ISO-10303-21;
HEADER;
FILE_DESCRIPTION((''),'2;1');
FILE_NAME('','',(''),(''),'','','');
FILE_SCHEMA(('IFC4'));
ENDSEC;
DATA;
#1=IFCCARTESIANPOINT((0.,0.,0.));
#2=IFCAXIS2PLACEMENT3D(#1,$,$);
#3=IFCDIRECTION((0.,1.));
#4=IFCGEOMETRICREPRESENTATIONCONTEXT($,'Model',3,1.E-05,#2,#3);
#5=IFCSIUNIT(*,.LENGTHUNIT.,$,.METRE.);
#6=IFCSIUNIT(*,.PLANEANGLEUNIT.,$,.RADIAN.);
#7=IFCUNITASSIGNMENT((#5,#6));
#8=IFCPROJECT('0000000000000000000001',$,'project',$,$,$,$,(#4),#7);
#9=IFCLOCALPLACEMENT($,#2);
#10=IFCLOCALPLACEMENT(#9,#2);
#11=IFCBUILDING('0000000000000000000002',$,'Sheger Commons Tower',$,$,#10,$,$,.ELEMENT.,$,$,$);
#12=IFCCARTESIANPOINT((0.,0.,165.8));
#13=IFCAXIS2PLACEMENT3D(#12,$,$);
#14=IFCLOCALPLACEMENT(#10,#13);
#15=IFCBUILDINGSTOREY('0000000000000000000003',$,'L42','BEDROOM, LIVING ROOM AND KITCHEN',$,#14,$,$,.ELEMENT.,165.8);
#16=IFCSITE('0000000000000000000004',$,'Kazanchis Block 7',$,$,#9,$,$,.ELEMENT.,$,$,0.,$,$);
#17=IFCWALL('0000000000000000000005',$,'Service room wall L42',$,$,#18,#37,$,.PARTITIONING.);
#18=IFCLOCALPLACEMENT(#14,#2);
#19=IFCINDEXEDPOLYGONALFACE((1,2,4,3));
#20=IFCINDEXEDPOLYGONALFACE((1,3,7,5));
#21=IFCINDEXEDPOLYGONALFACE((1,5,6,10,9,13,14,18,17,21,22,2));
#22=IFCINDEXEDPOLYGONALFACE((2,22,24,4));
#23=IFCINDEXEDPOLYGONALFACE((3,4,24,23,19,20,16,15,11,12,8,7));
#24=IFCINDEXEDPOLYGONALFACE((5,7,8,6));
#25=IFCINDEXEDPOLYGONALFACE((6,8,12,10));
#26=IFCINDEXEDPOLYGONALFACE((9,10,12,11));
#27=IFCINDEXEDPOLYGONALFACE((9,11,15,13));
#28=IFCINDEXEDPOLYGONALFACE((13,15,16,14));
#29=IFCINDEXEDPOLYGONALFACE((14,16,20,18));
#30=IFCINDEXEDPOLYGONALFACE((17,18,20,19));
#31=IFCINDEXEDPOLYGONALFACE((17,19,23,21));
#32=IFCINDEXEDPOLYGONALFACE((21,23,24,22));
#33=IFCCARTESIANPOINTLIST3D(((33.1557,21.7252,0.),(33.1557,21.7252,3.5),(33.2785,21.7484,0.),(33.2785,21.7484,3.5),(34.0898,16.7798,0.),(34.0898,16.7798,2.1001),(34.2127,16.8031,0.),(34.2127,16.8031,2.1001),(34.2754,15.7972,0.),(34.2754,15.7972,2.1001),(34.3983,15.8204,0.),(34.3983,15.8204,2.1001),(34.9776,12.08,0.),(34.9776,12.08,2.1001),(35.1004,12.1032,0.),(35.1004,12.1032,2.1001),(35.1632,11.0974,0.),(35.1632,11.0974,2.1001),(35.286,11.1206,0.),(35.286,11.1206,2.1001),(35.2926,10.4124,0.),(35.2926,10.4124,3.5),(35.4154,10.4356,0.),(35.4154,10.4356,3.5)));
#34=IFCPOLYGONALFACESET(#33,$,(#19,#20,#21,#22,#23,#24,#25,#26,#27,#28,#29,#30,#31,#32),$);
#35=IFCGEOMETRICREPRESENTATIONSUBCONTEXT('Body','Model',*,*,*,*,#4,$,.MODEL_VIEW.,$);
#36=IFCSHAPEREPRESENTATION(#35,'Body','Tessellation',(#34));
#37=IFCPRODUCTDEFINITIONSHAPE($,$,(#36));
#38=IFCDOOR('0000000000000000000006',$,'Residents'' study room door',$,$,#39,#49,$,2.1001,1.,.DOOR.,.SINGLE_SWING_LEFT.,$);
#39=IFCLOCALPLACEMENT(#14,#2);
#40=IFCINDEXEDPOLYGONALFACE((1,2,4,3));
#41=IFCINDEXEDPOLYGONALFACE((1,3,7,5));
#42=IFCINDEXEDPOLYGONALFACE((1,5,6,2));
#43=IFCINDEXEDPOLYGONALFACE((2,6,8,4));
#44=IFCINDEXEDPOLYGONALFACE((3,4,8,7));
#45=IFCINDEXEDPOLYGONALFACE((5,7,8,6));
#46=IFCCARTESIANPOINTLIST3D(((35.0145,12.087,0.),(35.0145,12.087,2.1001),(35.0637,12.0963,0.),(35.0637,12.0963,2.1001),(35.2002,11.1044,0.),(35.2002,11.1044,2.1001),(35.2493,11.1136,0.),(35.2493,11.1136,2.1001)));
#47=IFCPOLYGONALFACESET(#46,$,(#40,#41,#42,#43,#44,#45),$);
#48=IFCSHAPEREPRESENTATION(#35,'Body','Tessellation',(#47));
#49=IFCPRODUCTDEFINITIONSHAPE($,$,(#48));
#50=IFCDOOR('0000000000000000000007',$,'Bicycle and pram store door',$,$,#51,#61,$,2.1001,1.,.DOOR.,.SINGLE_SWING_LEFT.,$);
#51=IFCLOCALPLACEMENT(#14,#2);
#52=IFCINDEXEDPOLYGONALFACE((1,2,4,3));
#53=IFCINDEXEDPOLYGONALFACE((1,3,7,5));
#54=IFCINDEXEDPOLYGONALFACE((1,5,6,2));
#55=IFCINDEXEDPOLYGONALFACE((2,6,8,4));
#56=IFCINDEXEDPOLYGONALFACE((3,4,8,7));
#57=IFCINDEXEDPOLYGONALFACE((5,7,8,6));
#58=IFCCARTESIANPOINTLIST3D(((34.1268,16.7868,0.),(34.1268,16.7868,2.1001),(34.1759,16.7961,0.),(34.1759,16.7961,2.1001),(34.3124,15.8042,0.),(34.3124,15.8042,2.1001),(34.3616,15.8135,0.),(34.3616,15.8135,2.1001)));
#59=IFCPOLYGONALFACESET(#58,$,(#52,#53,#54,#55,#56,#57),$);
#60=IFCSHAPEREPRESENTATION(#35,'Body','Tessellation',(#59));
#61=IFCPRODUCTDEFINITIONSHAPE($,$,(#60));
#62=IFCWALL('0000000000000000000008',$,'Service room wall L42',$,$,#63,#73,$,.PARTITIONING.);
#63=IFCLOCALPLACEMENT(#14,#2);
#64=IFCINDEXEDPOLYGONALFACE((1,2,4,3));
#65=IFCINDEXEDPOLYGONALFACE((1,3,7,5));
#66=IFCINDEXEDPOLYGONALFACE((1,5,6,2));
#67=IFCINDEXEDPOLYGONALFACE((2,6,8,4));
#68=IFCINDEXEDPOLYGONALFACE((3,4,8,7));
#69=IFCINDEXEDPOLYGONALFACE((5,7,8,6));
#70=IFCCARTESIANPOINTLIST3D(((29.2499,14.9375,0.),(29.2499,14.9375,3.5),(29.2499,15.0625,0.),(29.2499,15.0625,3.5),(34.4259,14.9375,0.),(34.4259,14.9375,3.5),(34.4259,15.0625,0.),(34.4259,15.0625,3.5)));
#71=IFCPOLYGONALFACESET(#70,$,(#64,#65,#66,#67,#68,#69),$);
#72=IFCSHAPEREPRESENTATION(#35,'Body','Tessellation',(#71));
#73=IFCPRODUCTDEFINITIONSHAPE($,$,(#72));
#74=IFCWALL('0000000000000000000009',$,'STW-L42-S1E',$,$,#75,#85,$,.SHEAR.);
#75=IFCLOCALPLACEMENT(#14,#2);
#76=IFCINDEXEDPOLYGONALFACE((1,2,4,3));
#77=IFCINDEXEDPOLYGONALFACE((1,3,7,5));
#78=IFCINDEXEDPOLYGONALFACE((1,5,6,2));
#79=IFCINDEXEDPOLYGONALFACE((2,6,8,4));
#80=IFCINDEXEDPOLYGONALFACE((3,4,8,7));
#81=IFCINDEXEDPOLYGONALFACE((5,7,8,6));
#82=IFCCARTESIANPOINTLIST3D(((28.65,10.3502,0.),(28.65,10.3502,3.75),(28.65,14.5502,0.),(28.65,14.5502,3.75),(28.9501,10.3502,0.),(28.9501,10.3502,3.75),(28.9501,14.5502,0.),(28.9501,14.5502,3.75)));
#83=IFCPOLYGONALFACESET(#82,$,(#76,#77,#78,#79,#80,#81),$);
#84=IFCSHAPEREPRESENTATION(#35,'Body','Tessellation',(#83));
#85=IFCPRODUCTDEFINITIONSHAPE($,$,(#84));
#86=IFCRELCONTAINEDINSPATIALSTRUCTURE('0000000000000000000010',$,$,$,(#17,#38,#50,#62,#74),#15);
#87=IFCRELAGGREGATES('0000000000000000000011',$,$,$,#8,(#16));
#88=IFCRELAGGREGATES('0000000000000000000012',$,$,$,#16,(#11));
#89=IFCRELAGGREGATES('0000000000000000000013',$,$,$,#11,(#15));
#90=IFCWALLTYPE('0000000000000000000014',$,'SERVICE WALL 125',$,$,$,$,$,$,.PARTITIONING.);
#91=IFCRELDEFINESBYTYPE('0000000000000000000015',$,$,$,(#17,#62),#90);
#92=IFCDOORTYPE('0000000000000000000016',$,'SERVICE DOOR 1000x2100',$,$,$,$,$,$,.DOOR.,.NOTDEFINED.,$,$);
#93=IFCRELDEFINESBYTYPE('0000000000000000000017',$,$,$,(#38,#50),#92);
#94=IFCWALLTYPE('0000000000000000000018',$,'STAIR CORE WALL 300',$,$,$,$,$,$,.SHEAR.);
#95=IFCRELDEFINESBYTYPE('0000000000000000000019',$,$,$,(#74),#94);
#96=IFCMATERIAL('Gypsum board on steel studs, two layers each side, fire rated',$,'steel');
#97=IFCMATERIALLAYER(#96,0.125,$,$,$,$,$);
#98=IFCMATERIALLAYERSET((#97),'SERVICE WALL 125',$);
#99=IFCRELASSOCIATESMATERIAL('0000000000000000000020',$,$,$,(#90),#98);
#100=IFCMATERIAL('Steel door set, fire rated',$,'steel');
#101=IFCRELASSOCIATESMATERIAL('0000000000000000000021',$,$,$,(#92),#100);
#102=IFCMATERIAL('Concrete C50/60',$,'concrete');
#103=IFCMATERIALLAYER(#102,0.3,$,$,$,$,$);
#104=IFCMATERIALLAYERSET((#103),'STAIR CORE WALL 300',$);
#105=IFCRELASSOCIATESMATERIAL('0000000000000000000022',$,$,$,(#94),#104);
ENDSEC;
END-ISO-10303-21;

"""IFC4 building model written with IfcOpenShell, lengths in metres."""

from ifc_helpers import new_model, si_unit, direction, frame, frame_2d, origin, place, context, subcontext, project, spatial, rectangle, extrude, material, layer, layer_set, type_object, element, fill, save


model = new_model("IFC4")

# Units and contexts
model_context = context("Model", 3, precision=1e-05, world=origin(), true_north=direction((0.0, 1.0)))
body_context = subcontext(model_context, "Body", "Model", "MODEL_VIEW")
ifc_project = project(units=[si_unit("LENGTHUNIT", "METRE"), si_unit("PLANEANGLEUNIT", "RADIAN")], contexts=[model_context])

# Site, building, storey
site_placement = place(None, origin())
site = spatial("IfcSite", under=ifc_project, at=site_placement, Name="Kazanchis Block 7", CompositionType="ELEMENT", RefElevation=0.0)
building_placement = place(site_placement, origin())
building = spatial("IfcBuilding", under=site, at=building_placement, Name="Sheger Commons Tower", CompositionType="ELEMENT")
storey_placement = place(building_placement, frame((0.0, 0.0, 165.8)))
storey = spatial("IfcBuildingStorey", under=building, at=storey_placement, Name="L42", Description="BEDROOM, LIVING ROOM AND KITCHEN", CompositionType="ELEMENT", Elevation=165.8)

# Shared definitions
ifc_material_1 = material(Name="Gypsum board on steel studs, two layers each side, fire rated", Category="steel")
ifc_layer_1 = layer(ifc_material_1, 0.125)
ifc_layer_set_1 = layer_set([ifc_layer_1], Name="SERVICE WALL 125")
wall_type_1 = type_object("IfcWallType", Name="SERVICE WALL 125", PredefinedType="PARTITIONING", material=ifc_layer_set_1)

# Wall, openings, doors
wall_1_placement = place(storey_placement, frame((35.354, 10.4241, 0.0), z_axis=(0.0, 0.0, 1.0), x_axis=(-0.185612, 0.982623, 0.0)))
wall_1 = element("IfcWall", 1, at=wall_1_placement, inside=storey, type_object=wall_type_1, Name="Service room wall L42", PredefinedType="PARTITIONING", context=body_context, shape_type="SweptSolid", body=[
    extrude(rectangle(XDim=11.5129, YDim=0.125, at=frame_2d((5.7563, 0.0))), origin(), (0.0, 0.0, 1.0), 3.5),
])
opening_1_placement = place(wall_1_placement, frame((0.697, 0.0, 0.0)))
opening_1 = element("IfcOpeningElement", 2, at=opening_1_placement, cuts=wall_1, PredefinedType="OPENING", context=body_context, shape_type="SweptSolid", body=[
    extrude(rectangle(XDim=1.0, YDim=2.1001, at=frame_2d((0.5, 1.05))), frame((0.0, 0.0725, 0.0), z_axis=(0.0, -1.0, 0.0), x_axis=(1.0, 0.0, 0.0)), (0.0, 0.0, 1.0), 0.145),
])
opening_2_placement = place(wall_1_placement, frame((5.48, 0.0, 0.0)))
opening_2 = element("IfcOpeningElement", 3, at=opening_2_placement, cuts=wall_1, PredefinedType="OPENING", context=body_context, shape_type="SweptSolid", body=[
    extrude(rectangle(XDim=1.0, YDim=2.1001, at=frame_2d((0.5, 1.05))), frame((0.0, 0.0725, 0.0), z_axis=(0.0, -1.0, 0.0), x_axis=(1.0, 0.0, 0.0)), (0.0, 0.0, 1.0), 0.145),
])
ifc_material_2 = material(Name="Steel door set, fire rated", Category="steel")
door_type = type_object("IfcDoorType", Name="SERVICE DOOR 1000x2100", OperationType="NOTDEFINED", PredefinedType="DOOR", material=ifc_material_2)
door_1_placement = place(opening_1_placement, origin())
door_1 = element("IfcDoor", 4, at=door_1_placement, inside=storey, type_object=door_type, Name="Residents' study room door", OperationType="SINGLE_SWING_LEFT", OverallHeight=2.1001, OverallWidth=1.0, PredefinedType="DOOR", context=body_context, shape_type="SweptSolid", body=[
    extrude(rectangle(XDim=1.0, YDim=2.1001, at=frame_2d((0.5, 1.05))), frame((0.0, 0.0249, 0.0), z_axis=(0.0, -1.0, 0.0), x_axis=(1.0, 0.0, 0.0)), (0.0, 0.0, 1.0), 0.05),
])
fill(opening_1, door_1)
door_2_placement = place(opening_2_placement, origin())
door_2 = element("IfcDoor", 5, at=door_2_placement, inside=storey, type_object=door_type, Name="Bicycle and pram store door", OperationType="SINGLE_SWING_LEFT", OverallHeight=2.1001, OverallWidth=1.0, PredefinedType="DOOR", context=body_context, shape_type="SweptSolid", body=[
    extrude(rectangle(XDim=1.0, YDim=2.1001, at=frame_2d((0.5, 1.05))), frame((0.0, 0.0249, 0.0), z_axis=(0.0, -1.0, 0.0), x_axis=(1.0, 0.0, 0.0)), (0.0, 0.0, 1.0), 0.05),
])
fill(opening_2, door_2)

# Walls
wall_2_placement = place(storey_placement, frame((29.25, 15.0, 0.0), z_axis=(0.0, 0.0, 1.0), x_axis=(1.0, 0.0, 0.0)))
element("IfcWall", 6, at=wall_2_placement, inside=storey, type_object=wall_type_1, Name="Service room wall L42", PredefinedType="PARTITIONING", context=body_context, shape_type="SweptSolid", body=[
    extrude(rectangle(XDim=5.176, YDim=0.125, at=frame_2d((2.5879, 0.0))), origin(), (0.0, 0.0, 1.0), 3.5),
])
ifc_material_3 = material(Name="Concrete C50/60", Category="concrete")
ifc_layer_2 = layer(ifc_material_3, 0.3)
ifc_layer_set_2 = layer_set([ifc_layer_2], Name="STAIR CORE WALL 300")
wall_type_2 = type_object("IfcWallType", Name="STAIR CORE WALL 300", PredefinedType="SHEAR", material=ifc_layer_set_2)
wall_3_placement = place(storey_placement, frame((28.8, 10.3501, 0.0), z_axis=(0.0, 0.0, 1.0), x_axis=(0.0, 1.0, 0.0)))
element("IfcWall", 7, at=wall_3_placement, inside=storey, type_object=wall_type_2, Name="STW-L42-S1E", PredefinedType="SHEAR", context=body_context, shape_type="SweptSolid", body=[
    extrude(rectangle(XDim=4.2, YDim=0.3, at=frame_2d((2.1001, 0.0))), origin(), (0.0, 0.0, 1.0), 3.75),
])

save(model, "model.ifc")
